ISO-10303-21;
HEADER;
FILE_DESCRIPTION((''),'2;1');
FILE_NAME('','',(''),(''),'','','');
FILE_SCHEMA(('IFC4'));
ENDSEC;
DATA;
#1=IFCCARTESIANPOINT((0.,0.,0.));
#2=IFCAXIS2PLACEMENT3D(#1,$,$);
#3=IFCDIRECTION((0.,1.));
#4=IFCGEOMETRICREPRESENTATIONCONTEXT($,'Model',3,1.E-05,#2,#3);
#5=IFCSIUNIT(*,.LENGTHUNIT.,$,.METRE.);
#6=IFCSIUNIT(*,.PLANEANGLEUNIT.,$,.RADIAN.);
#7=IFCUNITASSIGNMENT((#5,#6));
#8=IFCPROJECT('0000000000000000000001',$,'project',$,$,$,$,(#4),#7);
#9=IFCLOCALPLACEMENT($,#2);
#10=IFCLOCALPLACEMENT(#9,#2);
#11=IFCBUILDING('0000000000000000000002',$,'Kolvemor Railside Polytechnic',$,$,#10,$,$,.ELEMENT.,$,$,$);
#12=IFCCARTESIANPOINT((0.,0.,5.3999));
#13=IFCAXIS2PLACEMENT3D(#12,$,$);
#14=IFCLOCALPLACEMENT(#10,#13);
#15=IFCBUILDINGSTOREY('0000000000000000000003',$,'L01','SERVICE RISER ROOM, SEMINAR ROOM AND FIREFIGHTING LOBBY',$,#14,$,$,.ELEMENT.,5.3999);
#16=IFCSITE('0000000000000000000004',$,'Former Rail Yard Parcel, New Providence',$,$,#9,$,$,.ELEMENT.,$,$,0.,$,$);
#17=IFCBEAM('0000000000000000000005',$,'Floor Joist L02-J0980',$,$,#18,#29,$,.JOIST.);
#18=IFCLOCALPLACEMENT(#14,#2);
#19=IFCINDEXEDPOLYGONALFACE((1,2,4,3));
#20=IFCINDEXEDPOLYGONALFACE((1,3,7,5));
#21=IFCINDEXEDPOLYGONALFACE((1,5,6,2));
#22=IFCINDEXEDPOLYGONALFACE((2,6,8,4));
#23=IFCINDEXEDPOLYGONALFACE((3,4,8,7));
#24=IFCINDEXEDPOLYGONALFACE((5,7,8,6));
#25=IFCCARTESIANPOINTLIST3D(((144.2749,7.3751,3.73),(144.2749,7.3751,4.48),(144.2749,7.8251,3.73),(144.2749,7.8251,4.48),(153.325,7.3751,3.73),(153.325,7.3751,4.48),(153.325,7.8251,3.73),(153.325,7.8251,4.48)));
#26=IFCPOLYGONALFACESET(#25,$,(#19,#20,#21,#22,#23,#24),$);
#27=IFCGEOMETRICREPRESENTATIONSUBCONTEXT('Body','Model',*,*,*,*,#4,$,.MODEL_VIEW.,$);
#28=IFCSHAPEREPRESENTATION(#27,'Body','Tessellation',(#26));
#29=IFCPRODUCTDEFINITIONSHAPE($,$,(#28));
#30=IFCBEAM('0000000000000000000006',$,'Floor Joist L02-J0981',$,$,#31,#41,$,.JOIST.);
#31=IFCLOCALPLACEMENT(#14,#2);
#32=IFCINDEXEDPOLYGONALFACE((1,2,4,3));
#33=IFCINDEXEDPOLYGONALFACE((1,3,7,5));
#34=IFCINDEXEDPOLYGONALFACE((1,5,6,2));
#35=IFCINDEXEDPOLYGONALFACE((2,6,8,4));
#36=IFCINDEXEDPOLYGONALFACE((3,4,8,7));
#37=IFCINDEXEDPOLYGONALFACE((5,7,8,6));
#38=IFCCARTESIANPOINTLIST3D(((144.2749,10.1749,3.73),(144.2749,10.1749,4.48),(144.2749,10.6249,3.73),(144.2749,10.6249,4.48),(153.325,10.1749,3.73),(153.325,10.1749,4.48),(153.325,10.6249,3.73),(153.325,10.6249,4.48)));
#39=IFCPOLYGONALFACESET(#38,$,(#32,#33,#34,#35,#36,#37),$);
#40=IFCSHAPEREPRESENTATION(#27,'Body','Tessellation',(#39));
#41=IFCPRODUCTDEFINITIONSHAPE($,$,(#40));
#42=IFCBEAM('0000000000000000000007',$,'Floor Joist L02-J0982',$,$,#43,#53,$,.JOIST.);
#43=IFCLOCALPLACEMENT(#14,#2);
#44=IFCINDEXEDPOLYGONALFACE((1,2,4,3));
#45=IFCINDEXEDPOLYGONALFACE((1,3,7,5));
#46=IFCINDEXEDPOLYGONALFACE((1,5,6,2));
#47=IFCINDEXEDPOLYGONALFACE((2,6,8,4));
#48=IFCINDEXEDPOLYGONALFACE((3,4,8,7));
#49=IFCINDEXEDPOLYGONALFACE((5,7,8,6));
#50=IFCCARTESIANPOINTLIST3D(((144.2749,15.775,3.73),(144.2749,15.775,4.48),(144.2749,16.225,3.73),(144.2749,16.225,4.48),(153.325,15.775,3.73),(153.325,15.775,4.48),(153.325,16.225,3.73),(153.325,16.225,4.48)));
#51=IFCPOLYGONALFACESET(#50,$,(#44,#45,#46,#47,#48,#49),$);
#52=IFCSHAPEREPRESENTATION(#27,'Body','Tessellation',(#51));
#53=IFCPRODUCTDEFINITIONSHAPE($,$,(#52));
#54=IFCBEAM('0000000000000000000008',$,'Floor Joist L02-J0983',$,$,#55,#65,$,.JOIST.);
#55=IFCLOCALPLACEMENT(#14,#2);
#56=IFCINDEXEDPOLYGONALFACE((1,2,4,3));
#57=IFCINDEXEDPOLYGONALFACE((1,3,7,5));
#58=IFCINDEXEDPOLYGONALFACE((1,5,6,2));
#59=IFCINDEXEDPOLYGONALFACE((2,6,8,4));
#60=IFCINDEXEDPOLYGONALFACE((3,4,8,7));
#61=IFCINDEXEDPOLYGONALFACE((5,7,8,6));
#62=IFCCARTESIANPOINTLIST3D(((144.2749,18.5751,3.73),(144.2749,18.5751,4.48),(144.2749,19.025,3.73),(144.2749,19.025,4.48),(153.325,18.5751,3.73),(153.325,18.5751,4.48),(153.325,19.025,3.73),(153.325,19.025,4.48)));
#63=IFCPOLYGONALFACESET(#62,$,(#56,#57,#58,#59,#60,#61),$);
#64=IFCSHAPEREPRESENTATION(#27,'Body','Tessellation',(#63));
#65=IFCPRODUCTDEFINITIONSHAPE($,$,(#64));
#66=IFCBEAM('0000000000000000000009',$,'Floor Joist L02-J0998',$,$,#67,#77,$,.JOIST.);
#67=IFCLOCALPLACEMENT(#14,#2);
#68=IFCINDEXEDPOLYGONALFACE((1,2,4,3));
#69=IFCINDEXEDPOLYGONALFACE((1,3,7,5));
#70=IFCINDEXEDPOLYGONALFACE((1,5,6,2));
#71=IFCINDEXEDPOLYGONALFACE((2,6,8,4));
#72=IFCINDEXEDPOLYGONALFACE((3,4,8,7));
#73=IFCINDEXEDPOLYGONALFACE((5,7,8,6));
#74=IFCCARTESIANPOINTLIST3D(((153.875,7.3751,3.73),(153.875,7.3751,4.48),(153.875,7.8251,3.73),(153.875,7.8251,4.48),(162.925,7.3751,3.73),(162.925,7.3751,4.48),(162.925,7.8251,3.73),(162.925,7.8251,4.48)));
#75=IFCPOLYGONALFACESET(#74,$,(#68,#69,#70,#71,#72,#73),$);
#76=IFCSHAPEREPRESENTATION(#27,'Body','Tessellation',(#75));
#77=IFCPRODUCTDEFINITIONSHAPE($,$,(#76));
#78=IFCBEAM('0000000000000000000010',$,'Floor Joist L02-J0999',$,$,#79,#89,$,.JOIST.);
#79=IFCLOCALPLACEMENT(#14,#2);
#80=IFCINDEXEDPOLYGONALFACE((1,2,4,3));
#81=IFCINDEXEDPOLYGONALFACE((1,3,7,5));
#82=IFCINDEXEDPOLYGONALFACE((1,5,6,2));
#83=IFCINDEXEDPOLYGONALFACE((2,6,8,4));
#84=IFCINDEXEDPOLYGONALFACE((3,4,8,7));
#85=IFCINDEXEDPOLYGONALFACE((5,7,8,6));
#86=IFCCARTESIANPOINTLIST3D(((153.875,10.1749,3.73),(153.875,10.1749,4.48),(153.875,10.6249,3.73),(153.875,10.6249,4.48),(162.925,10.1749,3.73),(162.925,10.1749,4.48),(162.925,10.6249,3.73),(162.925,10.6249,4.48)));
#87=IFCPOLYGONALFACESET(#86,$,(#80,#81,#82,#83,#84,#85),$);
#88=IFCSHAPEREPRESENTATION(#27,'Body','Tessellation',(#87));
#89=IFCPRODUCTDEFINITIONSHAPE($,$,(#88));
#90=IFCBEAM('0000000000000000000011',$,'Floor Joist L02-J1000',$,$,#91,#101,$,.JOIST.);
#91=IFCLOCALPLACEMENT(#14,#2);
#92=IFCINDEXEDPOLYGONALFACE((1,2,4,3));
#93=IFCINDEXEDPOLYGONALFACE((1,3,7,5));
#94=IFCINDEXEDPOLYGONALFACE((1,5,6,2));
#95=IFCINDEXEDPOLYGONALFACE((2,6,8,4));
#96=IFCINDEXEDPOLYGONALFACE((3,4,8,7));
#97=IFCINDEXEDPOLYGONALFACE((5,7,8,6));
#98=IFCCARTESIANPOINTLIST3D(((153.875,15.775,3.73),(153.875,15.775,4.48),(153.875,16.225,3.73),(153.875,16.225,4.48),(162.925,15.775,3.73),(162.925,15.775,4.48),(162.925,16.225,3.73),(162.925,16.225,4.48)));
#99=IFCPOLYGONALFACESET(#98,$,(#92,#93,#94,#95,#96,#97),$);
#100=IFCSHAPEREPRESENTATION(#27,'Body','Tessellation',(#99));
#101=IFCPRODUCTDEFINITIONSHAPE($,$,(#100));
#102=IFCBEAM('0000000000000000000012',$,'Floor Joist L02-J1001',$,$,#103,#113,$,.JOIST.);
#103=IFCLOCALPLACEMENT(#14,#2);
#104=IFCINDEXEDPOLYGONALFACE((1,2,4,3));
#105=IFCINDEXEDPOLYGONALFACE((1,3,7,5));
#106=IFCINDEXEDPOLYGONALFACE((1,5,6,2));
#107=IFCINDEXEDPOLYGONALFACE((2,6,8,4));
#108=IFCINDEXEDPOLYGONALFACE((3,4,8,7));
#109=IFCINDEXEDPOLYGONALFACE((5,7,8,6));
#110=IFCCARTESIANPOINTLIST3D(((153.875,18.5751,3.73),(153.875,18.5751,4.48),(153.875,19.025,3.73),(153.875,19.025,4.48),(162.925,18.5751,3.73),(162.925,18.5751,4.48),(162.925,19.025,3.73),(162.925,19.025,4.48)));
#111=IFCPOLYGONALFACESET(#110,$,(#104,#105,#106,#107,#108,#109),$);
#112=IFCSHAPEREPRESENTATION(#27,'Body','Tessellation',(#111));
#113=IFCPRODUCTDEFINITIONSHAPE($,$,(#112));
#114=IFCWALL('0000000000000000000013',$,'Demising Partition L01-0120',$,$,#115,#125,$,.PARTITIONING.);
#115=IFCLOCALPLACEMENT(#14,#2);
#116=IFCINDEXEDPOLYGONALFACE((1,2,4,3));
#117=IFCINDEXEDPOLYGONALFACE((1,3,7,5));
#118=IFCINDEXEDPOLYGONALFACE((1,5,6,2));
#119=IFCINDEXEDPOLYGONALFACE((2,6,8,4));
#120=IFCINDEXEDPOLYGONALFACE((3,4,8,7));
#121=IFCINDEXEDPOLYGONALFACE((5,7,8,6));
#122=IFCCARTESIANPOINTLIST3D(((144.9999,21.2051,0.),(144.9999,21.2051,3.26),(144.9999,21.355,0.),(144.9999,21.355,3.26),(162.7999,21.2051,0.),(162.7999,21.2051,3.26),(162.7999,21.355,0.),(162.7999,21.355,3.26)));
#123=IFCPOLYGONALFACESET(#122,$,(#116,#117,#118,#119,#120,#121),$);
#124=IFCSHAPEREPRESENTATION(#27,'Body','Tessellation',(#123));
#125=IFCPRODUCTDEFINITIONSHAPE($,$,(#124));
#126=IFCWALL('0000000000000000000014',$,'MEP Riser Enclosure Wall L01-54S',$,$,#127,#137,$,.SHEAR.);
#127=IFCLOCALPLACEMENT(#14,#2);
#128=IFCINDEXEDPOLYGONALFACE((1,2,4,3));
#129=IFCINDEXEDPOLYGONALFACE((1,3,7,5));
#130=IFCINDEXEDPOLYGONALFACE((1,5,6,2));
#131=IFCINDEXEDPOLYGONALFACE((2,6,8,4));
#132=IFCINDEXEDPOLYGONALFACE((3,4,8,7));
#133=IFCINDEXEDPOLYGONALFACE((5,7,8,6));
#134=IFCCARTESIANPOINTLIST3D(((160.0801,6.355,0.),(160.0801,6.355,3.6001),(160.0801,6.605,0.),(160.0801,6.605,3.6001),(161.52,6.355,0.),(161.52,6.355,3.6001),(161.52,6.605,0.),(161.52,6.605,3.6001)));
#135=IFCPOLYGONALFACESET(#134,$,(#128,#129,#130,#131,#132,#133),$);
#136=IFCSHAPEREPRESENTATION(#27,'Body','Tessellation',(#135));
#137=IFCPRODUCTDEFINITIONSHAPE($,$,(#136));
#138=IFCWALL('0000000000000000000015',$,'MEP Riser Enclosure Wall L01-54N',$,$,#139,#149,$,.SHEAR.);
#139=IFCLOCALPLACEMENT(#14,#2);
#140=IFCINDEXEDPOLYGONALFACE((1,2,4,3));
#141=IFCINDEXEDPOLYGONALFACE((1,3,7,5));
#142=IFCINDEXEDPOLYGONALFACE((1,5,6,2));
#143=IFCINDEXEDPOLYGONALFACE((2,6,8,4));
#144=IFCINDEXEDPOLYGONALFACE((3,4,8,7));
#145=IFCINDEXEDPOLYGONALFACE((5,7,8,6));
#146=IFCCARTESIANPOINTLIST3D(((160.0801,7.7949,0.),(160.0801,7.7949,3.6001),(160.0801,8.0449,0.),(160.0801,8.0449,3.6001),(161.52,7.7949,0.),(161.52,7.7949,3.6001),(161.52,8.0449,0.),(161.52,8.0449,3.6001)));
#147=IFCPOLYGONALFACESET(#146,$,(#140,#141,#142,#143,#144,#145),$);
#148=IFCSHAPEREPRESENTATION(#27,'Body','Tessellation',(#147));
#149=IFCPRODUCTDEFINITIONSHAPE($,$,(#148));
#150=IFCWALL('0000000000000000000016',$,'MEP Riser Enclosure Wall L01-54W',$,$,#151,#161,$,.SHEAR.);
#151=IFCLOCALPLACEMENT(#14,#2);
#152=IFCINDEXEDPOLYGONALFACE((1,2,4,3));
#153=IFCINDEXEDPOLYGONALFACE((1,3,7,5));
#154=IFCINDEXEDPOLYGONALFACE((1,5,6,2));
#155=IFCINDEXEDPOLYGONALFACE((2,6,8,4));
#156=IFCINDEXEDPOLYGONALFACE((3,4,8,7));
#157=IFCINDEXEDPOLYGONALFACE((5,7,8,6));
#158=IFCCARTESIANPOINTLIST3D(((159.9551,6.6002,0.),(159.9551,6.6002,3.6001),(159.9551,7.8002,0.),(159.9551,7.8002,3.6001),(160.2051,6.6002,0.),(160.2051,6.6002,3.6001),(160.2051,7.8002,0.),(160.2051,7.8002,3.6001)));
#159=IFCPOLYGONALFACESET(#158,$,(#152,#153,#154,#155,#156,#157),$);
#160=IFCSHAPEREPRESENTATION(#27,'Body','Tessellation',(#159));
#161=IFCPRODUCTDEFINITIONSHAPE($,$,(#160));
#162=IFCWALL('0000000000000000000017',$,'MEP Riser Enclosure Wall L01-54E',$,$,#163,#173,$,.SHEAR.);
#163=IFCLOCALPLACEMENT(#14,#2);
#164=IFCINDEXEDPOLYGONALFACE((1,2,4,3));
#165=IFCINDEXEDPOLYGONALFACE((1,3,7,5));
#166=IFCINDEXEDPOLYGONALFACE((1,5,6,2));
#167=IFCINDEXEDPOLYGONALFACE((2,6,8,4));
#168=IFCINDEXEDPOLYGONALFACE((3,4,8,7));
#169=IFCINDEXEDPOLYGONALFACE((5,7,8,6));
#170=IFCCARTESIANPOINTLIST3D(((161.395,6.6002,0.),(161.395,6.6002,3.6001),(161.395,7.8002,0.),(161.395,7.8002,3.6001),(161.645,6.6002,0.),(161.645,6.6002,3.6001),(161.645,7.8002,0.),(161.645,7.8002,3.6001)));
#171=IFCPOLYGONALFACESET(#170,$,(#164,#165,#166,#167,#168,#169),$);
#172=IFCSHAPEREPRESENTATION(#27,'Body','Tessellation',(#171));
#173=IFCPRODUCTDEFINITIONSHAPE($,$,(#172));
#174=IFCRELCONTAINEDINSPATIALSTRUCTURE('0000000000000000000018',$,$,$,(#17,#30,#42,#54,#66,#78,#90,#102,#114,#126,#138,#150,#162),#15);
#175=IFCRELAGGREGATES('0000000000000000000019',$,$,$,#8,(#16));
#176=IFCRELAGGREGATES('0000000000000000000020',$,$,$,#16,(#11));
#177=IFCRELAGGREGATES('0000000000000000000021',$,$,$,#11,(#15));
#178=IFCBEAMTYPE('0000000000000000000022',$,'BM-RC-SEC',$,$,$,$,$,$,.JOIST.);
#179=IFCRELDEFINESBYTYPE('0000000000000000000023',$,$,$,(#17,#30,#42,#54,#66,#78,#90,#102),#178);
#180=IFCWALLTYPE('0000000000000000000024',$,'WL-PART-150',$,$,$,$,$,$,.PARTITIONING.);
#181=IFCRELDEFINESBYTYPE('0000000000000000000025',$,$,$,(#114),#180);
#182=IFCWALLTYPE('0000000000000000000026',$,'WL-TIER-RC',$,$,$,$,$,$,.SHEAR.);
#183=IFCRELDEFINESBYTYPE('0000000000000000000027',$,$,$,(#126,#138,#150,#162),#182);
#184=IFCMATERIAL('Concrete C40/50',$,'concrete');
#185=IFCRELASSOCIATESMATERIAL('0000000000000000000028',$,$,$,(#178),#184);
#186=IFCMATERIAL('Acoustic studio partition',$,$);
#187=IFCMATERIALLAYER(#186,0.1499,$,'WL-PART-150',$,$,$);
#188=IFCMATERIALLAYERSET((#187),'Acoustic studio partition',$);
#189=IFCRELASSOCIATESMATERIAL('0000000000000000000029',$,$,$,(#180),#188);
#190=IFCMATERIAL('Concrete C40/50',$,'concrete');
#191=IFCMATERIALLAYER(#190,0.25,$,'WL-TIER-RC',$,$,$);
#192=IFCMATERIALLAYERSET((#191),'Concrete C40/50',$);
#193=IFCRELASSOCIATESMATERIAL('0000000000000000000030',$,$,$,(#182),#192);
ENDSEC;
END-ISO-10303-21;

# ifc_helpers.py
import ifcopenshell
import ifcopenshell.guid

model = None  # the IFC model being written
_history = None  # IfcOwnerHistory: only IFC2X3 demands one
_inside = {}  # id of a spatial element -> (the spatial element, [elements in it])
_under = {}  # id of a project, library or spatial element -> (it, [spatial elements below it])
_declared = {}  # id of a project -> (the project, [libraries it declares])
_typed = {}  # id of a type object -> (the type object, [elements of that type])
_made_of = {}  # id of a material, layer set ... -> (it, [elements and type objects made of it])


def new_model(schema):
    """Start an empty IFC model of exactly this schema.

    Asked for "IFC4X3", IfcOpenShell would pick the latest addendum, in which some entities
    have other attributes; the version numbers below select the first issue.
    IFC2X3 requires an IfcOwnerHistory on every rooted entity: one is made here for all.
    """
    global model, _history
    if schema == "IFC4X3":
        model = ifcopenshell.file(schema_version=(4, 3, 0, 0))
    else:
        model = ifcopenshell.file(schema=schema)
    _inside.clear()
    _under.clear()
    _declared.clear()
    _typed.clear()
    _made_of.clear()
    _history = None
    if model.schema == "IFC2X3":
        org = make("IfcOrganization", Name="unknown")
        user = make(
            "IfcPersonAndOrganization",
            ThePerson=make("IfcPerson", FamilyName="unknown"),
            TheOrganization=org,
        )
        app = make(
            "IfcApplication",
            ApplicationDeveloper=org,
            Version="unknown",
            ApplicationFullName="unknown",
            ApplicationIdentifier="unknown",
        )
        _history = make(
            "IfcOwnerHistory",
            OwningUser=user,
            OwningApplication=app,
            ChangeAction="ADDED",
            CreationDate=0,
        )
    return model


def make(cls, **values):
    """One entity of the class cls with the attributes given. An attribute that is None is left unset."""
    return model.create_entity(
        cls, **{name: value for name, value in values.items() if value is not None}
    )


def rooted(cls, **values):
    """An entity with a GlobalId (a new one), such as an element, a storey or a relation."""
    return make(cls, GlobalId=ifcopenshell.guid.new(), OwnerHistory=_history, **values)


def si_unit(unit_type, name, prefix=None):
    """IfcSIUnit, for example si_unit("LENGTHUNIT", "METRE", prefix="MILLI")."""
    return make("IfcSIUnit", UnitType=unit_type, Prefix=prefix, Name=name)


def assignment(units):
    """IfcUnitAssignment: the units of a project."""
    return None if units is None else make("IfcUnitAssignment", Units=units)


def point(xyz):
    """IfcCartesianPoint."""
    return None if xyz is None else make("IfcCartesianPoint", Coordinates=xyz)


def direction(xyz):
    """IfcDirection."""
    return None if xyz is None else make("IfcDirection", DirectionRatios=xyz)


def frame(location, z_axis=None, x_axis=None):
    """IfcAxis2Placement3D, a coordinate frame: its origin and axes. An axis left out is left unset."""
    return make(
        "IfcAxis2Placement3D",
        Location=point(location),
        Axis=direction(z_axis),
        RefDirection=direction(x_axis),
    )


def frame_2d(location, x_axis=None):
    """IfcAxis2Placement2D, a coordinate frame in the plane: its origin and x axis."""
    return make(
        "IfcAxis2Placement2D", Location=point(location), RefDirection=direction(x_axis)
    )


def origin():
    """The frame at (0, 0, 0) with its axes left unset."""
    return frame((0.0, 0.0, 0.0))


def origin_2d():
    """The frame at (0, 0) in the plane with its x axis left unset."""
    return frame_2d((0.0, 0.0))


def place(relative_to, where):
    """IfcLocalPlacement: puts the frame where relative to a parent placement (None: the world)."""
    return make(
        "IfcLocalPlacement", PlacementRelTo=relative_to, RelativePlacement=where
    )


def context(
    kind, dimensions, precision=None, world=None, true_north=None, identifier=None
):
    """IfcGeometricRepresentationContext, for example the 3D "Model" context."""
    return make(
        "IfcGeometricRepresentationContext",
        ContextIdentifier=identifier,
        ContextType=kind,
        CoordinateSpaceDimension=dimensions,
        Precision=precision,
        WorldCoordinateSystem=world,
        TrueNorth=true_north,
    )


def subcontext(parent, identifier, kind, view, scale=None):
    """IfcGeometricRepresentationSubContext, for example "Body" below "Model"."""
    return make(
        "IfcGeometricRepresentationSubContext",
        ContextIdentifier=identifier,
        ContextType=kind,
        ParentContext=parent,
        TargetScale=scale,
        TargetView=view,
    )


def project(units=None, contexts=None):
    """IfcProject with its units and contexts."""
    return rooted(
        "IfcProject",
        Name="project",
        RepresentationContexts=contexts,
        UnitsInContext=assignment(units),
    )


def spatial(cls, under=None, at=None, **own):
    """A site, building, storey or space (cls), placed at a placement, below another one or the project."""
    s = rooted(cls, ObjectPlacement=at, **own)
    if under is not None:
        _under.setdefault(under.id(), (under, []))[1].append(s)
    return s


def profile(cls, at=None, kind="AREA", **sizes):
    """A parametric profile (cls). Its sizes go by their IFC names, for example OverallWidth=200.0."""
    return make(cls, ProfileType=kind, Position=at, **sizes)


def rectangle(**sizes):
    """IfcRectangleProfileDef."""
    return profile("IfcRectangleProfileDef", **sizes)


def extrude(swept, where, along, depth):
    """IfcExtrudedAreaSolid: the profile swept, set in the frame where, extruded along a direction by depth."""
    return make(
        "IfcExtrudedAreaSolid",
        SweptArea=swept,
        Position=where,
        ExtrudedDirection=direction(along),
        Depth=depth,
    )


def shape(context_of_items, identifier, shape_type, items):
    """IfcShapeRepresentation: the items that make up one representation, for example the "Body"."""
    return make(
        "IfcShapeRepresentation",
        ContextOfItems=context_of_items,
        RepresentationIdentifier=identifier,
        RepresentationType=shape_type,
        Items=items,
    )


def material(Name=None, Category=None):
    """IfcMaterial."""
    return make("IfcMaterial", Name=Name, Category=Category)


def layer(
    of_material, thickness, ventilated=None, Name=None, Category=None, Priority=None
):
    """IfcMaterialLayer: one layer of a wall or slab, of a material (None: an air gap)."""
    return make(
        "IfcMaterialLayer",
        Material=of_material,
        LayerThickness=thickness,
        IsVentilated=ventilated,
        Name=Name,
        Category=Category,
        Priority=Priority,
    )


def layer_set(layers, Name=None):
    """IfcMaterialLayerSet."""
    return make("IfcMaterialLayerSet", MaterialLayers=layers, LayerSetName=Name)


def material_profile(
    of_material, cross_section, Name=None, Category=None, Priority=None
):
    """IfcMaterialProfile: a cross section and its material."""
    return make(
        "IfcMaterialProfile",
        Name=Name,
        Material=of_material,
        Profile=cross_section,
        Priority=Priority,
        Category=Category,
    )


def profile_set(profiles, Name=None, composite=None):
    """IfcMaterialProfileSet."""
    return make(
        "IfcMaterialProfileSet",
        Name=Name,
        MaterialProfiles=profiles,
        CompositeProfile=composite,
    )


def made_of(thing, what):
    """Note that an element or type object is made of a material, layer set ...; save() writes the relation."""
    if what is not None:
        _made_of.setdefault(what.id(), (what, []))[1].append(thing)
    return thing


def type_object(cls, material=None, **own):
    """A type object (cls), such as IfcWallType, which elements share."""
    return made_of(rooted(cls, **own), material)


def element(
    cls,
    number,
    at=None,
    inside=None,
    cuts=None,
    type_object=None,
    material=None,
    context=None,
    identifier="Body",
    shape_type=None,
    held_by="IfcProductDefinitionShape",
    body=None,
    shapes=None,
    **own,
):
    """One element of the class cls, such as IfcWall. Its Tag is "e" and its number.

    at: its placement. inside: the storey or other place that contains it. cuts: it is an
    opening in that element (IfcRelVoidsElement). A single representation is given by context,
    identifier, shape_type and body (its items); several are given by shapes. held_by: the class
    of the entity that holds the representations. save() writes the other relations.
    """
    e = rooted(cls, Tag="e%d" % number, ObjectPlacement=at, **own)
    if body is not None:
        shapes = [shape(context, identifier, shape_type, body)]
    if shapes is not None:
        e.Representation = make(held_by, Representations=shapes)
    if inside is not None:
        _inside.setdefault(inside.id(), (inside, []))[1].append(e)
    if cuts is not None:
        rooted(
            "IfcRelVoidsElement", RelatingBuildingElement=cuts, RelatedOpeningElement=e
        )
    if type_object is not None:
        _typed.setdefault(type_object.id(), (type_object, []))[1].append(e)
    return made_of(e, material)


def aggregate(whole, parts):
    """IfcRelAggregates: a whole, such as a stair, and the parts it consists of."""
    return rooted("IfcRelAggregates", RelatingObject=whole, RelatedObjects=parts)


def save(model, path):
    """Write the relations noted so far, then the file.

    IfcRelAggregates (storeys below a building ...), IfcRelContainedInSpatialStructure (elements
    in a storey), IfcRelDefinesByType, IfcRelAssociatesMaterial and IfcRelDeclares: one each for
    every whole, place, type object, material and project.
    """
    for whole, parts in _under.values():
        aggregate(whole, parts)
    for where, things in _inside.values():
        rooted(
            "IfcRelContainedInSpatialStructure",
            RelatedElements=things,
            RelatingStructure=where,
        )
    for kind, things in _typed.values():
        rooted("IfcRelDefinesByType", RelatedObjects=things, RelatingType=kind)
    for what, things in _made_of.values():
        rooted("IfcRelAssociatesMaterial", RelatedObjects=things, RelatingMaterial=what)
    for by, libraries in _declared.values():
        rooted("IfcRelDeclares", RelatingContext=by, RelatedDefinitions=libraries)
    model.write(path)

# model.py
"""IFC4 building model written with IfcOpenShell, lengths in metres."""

from ifc_helpers import new_model, si_unit, direction, frame, frame_2d, origin, origin_2d, place, context, subcontext, project, spatial, rectangle, extrude, material, layer, layer_set, material_profile, profile_set, type_object, element, save


model = new_model("IFC4")

# Units and contexts
model_context = context("Model", 3, precision=1e-05, world=origin(), true_north=direction((0.0, 1.0)))
body_context = subcontext(model_context, "Body", "Model", "MODEL_VIEW")
ifc_project = project(units=[si_unit("LENGTHUNIT", "METRE"), si_unit("PLANEANGLEUNIT", "RADIAN")], contexts=[model_context])

# Site, building, storey
site_placement = place(None, origin())
site = spatial("IfcSite", under=ifc_project, at=site_placement, Name="Former Rail Yard Parcel, New Providence", CompositionType="ELEMENT", RefElevation=0.0)
building_placement = place(site_placement, origin())
building = spatial("IfcBuilding", under=site, at=building_placement, Name="Kolvemor Railside Polytechnic", CompositionType="ELEMENT")
storey_placement = place(building_placement, frame((0.0, 0.0, 5.3999)))
storey = spatial("IfcBuildingStorey", under=building, at=storey_placement, Name="L01", Description="SERVICE RISER ROOM, SEMINAR ROOM AND FIREFIGHTING LOBBY", CompositionType="ELEMENT", Elevation=5.3999)

# Beams
ifc_material_1 = material(Name="Concrete C40/50", Category="concrete")
ifc_material_profile_1 = material_profile(ifc_material_1, rectangle(XDim=0.45, YDim=0.75, at=origin_2d()), Name="RC450x750")
ifc_profile_set_1 = profile_set([ifc_material_profile_1], Name="Concrete C40/50")
beam_type_1 = type_object("IfcBeamType", Name="BM-RC-SEC", PredefinedType="JOIST", material=ifc_profile_set_1)
for number, where, z_axis, x_axis, name in (
    (1, (144.2749, 7.6001, 4.105), (1.0, 0.0, 0.0), (0.0, 1.0, 0.0), "Floor Joist L02-J0980"),
    (2, (144.2749, 10.3999, 4.105), (1.0, 0.0, 0.0), (0.0, 1.0, 0.0), "Floor Joist L02-J0981"),
    (3, (144.2749, 16.0, 4.105), (1.0, 0.0, 0.0), (0.0, 1.0, 0.0), "Floor Joist L02-J0982"),
    (4, (144.2749, 18.8, 4.105), (1.0, 0.0, 0.0), (0.0, 1.0, 0.0), "Floor Joist L02-J0983"),
    (5, (153.875, 7.6001, 4.105), (1.0, 0.0, 0.0), (0.0, 1.0, 0.0), "Floor Joist L02-J0998"),
    (6, (153.875, 10.3999, 4.105), (1.0, 0.0, 0.0), (0.0, 1.0, 0.0), "Floor Joist L02-J0999"),
    (7, (153.875, 16.0, 4.105), (1.0, 0.0, 0.0), (0.0, 1.0, 0.0), "Floor Joist L02-J1000"),
    (8, (153.875, 18.8, 4.105), (1.0, 0.0, 0.0), (0.0, 1.0, 0.0), "Floor Joist L02-J1001"),
):
    element("IfcBeam", number, at=place(storey_placement, frame(where, z_axis=z_axis, x_axis=x_axis)), inside=storey, type_object=beam_type_1, Name=name, PredefinedType="JOIST", context=body_context, shape_type="SweptSolid", body=[
        extrude(rectangle(XDim=0.45, YDim=0.75, at=origin_2d()), origin(), (0.0, 0.0, 1.0), 9.05),
    ])

# Walls
ifc_material_2 = material(Name="Acoustic studio partition")
ifc_layer_1 = layer(ifc_material_2, 0.1499, Name="WL-PART-150")
ifc_layer_set_1 = layer_set([ifc_layer_1], Name="Acoustic studio partition")
wall_type_1 = type_object("IfcWallType", Name="WL-PART-150", PredefinedType="PARTITIONING", material=ifc_layer_set_1)
wall_placement = place(storey_placement, frame((145.0, 21.28, 0.0), z_axis=(0.0, 0.0, 1.0), x_axis=(1.0, 0.0, 0.0)))
element("IfcWall", 9, at=wall_placement, inside=storey, type_object=wall_type_1, Name="Demising Partition L01-0120", PredefinedType="PARTITIONING", context=body_context, shape_type="SweptSolid", body=[
    extrude(rectangle(XDim=17.8, YDim=0.1499, at=frame_2d((8.8999, 0.0))), origin(), (0.0, 0.0, 1.0), 3.26),
])
ifc_material_3 = material(Name="Concrete C40/50", Category="concrete")
ifc_layer_2 = layer(ifc_material_3, 0.25, Name="WL-TIER-RC")
ifc_layer_set_2 = layer_set([ifc_layer_2], Name="Concrete C40/50")
wall_type_2 = type_object("IfcWallType", Name="WL-TIER-RC", PredefinedType="SHEAR", material=ifc_layer_set_2)
for number, where, z_axis, x_axis, name in (
    (10, (160.0801, 6.48, 0.0), (0.0, 0.0, 1.0), (1.0, 0.0, 0.0), "MEP Riser Enclosure Wall L01-54S"),
    (11, (160.0801, 7.9199, 0.0), (0.0, 0.0, 1.0), (1.0, 0.0, 0.0), "MEP Riser Enclosure Wall L01-54N"),
):
    element("IfcWall", number, at=place(storey_placement, frame(where, z_axis=z_axis, x_axis=x_axis)), inside=storey, type_object=wall_type_2, Name=name, PredefinedType="SHEAR", context=body_context, shape_type="SweptSolid", body=[
        extrude(rectangle(XDim=1.4399, YDim=0.25, at=frame_2d((0.72, 0.0))), origin(), (0.0, 0.0, 1.0), 3.6001),
    ])
for number, where, z_axis, x_axis, name in (
    (12, (160.0801, 6.6001, 0.0), (0.0, 0.0, 1.0), (0.0, 1.0, 0.0), "MEP Riser Enclosure Wall L01-54W"),
    (13, (161.52, 6.6001, 0.0), (0.0, 0.0, 1.0), (0.0, 1.0, 0.0), "MEP Riser Enclosure Wall L01-54E"),
):
    element("IfcWall", number, at=place(storey_placement, frame(where, z_axis=z_axis, x_axis=x_axis)), inside=storey, type_object=wall_type_2, Name=name, PredefinedType="SHEAR", context=body_context, shape_type="SweptSolid", body=[
        extrude(rectangle(XDim=1.2, YDim=0.25, at=frame_2d((0.6001, 0.0))), origin(), (0.0, 0.0, 1.0), 3.6001),
    ])

save(model, "model.ifc")
